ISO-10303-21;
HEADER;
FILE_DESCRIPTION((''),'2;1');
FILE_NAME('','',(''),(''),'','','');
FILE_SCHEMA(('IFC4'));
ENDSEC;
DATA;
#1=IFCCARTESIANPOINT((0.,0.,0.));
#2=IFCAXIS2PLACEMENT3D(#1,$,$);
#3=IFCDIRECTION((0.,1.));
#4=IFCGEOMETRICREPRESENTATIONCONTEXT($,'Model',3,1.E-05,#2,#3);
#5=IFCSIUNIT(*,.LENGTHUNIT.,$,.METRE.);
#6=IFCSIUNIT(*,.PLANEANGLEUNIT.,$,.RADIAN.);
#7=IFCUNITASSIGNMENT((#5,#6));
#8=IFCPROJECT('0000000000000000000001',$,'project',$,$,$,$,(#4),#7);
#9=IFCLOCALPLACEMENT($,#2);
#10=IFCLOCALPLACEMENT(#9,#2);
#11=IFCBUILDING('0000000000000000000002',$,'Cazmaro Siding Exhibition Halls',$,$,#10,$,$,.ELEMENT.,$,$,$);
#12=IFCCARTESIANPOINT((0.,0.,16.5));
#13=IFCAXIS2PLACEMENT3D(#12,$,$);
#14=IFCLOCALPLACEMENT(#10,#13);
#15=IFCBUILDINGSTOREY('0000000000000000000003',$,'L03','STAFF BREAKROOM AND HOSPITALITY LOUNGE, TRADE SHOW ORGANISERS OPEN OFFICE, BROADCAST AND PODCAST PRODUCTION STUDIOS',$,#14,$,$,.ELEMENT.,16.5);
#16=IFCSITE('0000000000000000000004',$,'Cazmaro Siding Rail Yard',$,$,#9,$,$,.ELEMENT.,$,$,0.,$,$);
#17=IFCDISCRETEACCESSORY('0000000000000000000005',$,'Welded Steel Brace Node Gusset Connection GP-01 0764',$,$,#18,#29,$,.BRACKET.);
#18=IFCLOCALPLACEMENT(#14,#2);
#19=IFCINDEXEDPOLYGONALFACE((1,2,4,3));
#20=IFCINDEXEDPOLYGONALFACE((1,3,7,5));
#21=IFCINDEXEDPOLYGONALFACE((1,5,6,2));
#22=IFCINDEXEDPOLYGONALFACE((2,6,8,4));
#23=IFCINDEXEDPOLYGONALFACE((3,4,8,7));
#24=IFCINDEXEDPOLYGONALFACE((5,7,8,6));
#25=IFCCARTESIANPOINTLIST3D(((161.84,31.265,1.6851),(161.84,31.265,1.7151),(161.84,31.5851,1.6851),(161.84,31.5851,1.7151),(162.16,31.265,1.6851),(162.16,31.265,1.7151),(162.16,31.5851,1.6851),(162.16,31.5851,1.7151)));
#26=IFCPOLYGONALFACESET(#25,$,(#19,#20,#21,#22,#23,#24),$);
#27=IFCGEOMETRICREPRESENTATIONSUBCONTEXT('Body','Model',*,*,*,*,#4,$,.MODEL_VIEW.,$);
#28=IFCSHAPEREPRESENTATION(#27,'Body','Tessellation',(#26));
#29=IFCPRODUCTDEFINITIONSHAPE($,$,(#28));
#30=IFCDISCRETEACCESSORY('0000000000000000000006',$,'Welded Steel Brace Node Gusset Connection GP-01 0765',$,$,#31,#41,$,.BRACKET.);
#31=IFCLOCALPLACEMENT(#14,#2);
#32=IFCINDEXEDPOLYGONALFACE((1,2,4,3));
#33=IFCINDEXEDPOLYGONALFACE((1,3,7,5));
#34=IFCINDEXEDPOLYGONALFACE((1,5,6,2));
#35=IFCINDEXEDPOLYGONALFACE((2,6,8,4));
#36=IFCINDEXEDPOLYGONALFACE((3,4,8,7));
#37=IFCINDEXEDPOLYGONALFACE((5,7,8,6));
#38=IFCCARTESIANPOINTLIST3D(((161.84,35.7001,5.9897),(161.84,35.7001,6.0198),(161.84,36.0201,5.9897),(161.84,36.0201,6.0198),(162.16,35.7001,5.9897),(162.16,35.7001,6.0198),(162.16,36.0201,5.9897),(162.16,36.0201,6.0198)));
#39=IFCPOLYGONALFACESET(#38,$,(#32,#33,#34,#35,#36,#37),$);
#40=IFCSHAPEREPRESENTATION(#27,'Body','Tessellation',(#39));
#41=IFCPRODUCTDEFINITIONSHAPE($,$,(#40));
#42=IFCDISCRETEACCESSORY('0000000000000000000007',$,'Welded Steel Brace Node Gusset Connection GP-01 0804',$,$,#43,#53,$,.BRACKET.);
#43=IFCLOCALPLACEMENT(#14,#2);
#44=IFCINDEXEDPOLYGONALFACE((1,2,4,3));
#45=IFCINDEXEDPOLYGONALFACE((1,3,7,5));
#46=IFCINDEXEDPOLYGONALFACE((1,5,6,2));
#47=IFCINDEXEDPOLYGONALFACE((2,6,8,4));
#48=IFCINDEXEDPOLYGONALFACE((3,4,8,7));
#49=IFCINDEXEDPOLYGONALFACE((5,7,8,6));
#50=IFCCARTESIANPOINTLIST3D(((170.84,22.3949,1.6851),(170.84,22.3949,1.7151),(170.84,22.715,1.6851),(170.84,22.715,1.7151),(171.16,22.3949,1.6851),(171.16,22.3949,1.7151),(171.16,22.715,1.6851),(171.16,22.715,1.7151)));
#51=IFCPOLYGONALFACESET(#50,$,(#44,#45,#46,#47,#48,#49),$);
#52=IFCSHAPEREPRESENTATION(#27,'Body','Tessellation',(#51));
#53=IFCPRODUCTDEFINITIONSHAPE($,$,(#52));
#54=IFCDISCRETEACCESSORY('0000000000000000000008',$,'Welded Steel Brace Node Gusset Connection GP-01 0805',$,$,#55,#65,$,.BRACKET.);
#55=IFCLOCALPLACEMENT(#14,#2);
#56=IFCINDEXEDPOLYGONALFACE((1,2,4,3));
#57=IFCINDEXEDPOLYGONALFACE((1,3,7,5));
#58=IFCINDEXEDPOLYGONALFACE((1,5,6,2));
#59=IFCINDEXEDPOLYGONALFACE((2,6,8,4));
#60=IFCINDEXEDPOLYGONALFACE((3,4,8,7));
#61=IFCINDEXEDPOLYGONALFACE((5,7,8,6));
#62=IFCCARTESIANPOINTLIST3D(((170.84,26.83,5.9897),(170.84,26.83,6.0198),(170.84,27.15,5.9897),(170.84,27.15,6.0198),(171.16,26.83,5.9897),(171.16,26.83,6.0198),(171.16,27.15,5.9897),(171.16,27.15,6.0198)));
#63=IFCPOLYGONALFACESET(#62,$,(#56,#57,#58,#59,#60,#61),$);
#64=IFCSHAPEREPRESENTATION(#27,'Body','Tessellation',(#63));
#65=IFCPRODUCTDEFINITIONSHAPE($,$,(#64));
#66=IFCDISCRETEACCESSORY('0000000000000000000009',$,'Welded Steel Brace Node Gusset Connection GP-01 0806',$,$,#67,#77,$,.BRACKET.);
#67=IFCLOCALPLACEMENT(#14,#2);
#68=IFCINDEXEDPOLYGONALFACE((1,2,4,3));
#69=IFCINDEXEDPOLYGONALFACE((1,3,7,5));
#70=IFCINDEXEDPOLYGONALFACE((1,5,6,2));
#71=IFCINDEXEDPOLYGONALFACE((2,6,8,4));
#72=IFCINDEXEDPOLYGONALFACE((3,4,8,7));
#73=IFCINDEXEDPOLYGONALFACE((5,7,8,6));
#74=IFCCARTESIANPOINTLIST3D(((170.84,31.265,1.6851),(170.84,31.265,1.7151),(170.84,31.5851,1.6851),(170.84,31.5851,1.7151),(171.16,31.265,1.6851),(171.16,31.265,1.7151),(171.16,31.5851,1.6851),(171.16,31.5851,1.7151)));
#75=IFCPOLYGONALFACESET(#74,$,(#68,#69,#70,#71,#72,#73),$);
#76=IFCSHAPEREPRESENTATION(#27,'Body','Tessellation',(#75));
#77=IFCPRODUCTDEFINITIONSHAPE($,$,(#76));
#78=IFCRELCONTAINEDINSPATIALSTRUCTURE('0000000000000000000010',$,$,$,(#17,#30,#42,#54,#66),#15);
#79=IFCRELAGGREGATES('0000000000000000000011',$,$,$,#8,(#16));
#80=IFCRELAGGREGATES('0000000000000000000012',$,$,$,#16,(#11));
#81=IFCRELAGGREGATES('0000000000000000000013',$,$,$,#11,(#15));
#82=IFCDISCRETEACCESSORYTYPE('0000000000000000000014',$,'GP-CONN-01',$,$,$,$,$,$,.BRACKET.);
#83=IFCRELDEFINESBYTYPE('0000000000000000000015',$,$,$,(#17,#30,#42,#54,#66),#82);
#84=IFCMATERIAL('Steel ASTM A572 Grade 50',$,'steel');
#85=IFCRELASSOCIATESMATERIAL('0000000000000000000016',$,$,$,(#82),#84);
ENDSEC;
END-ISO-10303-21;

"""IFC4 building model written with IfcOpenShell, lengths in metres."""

from ifc_helpers import new_model, si_unit, direction, frame, origin, origin_2d, place, context, subcontext, project, spatial, rectangle, extrude, material, type_object, element, save


model = new_model("IFC4")

# Units and contexts
model_context = context("Model", 3, precision=1e-05, world=origin(), true_north=direction((0.0, 1.0)))
body_context = subcontext(model_context, "Body", "Model", "MODEL_VIEW")
ifc_project = project(units=[si_unit("LENGTHUNIT", "METRE"), si_unit("PLANEANGLEUNIT", "RADIAN")], contexts=[model_context])

# Site, building, storey
site_placement = place(None, origin())
site = spatial("IfcSite", under=ifc_project, at=site_placement, Name="Cazmaro Siding Rail Yard", CompositionType="ELEMENT", RefElevation=0.0)
building_placement = place(site_placement, origin())
building = spatial("IfcBuilding", under=site, at=building_placement, Name="Cazmaro Siding Exhibition Halls", CompositionType="ELEMENT")
storey_placement = place(building_placement, frame((0.0, 0.0, 16.5)))
storey = spatial("IfcBuildingStorey", under=building, at=storey_placement, Name="L03", Description="STAFF BREAKROOM AND HOSPITALITY LOUNGE, TRADE SHOW ORGANISERS OPEN OFFICE, BROADCAST AND PODCAST PRODUCTION STUDIOS", CompositionType="ELEMENT", Elevation=16.5)

# Discrete accessories
ifc_material_1 = material(Name="Steel ASTM A572 Grade 50", Category="steel")
discrete_accessory_type = type_object("IfcDiscreteAccessoryType", Name="GP-CONN-01", PredefinedType="BRACKET", material=ifc_material_1)
for number, where, z_axis, x_axis, name in (
    (1, (162.0, 31.425, 1.6851), (0.0, 0.0, 1.0), (1.0, 0.0, 0.0), "Welded Steel Brace Node Gusset Connection GP-01 0764"),
    (2, (162.0, 35.8601, 5.9897), (0.0, 0.0, 1.0), (1.0, 0.0, 0.0), "Welded Steel Brace Node Gusset Connection GP-01 0765"),
    (3, (171.0, 22.5549, 1.6851), (0.0, 0.0, 1.0), (1.0, 0.0, 0.0), "Welded Steel Brace Node Gusset Connection GP-01 0804"),
    (4, (171.0, 26.99, 5.9897), (0.0, 0.0, 1.0), (1.0, 0.0, 0.0), "Welded Steel Brace Node Gusset Connection GP-01 0805"),
    (5, (171.0, 31.425, 1.6851), (0.0, 0.0, 1.0), (1.0, 0.0, 0.0), "Welded Steel Brace Node Gusset Connection GP-01 0806"),
):
    element("IfcDiscreteAccessory", number, at=place(storey_placement, frame(where, z_axis=z_axis, x_axis=x_axis)), inside=storey, type_object=discrete_accessory_type, Name=name, PredefinedType="BRACKET", context=body_context, shape_type="SweptSolid", body=[
        extrude(rectangle(XDim=0.3201, YDim=0.3201, at=origin_2d()), origin(), (0.0, 0.0, 1.0), 0.03),
    ])

save(model, "model.ifc")
